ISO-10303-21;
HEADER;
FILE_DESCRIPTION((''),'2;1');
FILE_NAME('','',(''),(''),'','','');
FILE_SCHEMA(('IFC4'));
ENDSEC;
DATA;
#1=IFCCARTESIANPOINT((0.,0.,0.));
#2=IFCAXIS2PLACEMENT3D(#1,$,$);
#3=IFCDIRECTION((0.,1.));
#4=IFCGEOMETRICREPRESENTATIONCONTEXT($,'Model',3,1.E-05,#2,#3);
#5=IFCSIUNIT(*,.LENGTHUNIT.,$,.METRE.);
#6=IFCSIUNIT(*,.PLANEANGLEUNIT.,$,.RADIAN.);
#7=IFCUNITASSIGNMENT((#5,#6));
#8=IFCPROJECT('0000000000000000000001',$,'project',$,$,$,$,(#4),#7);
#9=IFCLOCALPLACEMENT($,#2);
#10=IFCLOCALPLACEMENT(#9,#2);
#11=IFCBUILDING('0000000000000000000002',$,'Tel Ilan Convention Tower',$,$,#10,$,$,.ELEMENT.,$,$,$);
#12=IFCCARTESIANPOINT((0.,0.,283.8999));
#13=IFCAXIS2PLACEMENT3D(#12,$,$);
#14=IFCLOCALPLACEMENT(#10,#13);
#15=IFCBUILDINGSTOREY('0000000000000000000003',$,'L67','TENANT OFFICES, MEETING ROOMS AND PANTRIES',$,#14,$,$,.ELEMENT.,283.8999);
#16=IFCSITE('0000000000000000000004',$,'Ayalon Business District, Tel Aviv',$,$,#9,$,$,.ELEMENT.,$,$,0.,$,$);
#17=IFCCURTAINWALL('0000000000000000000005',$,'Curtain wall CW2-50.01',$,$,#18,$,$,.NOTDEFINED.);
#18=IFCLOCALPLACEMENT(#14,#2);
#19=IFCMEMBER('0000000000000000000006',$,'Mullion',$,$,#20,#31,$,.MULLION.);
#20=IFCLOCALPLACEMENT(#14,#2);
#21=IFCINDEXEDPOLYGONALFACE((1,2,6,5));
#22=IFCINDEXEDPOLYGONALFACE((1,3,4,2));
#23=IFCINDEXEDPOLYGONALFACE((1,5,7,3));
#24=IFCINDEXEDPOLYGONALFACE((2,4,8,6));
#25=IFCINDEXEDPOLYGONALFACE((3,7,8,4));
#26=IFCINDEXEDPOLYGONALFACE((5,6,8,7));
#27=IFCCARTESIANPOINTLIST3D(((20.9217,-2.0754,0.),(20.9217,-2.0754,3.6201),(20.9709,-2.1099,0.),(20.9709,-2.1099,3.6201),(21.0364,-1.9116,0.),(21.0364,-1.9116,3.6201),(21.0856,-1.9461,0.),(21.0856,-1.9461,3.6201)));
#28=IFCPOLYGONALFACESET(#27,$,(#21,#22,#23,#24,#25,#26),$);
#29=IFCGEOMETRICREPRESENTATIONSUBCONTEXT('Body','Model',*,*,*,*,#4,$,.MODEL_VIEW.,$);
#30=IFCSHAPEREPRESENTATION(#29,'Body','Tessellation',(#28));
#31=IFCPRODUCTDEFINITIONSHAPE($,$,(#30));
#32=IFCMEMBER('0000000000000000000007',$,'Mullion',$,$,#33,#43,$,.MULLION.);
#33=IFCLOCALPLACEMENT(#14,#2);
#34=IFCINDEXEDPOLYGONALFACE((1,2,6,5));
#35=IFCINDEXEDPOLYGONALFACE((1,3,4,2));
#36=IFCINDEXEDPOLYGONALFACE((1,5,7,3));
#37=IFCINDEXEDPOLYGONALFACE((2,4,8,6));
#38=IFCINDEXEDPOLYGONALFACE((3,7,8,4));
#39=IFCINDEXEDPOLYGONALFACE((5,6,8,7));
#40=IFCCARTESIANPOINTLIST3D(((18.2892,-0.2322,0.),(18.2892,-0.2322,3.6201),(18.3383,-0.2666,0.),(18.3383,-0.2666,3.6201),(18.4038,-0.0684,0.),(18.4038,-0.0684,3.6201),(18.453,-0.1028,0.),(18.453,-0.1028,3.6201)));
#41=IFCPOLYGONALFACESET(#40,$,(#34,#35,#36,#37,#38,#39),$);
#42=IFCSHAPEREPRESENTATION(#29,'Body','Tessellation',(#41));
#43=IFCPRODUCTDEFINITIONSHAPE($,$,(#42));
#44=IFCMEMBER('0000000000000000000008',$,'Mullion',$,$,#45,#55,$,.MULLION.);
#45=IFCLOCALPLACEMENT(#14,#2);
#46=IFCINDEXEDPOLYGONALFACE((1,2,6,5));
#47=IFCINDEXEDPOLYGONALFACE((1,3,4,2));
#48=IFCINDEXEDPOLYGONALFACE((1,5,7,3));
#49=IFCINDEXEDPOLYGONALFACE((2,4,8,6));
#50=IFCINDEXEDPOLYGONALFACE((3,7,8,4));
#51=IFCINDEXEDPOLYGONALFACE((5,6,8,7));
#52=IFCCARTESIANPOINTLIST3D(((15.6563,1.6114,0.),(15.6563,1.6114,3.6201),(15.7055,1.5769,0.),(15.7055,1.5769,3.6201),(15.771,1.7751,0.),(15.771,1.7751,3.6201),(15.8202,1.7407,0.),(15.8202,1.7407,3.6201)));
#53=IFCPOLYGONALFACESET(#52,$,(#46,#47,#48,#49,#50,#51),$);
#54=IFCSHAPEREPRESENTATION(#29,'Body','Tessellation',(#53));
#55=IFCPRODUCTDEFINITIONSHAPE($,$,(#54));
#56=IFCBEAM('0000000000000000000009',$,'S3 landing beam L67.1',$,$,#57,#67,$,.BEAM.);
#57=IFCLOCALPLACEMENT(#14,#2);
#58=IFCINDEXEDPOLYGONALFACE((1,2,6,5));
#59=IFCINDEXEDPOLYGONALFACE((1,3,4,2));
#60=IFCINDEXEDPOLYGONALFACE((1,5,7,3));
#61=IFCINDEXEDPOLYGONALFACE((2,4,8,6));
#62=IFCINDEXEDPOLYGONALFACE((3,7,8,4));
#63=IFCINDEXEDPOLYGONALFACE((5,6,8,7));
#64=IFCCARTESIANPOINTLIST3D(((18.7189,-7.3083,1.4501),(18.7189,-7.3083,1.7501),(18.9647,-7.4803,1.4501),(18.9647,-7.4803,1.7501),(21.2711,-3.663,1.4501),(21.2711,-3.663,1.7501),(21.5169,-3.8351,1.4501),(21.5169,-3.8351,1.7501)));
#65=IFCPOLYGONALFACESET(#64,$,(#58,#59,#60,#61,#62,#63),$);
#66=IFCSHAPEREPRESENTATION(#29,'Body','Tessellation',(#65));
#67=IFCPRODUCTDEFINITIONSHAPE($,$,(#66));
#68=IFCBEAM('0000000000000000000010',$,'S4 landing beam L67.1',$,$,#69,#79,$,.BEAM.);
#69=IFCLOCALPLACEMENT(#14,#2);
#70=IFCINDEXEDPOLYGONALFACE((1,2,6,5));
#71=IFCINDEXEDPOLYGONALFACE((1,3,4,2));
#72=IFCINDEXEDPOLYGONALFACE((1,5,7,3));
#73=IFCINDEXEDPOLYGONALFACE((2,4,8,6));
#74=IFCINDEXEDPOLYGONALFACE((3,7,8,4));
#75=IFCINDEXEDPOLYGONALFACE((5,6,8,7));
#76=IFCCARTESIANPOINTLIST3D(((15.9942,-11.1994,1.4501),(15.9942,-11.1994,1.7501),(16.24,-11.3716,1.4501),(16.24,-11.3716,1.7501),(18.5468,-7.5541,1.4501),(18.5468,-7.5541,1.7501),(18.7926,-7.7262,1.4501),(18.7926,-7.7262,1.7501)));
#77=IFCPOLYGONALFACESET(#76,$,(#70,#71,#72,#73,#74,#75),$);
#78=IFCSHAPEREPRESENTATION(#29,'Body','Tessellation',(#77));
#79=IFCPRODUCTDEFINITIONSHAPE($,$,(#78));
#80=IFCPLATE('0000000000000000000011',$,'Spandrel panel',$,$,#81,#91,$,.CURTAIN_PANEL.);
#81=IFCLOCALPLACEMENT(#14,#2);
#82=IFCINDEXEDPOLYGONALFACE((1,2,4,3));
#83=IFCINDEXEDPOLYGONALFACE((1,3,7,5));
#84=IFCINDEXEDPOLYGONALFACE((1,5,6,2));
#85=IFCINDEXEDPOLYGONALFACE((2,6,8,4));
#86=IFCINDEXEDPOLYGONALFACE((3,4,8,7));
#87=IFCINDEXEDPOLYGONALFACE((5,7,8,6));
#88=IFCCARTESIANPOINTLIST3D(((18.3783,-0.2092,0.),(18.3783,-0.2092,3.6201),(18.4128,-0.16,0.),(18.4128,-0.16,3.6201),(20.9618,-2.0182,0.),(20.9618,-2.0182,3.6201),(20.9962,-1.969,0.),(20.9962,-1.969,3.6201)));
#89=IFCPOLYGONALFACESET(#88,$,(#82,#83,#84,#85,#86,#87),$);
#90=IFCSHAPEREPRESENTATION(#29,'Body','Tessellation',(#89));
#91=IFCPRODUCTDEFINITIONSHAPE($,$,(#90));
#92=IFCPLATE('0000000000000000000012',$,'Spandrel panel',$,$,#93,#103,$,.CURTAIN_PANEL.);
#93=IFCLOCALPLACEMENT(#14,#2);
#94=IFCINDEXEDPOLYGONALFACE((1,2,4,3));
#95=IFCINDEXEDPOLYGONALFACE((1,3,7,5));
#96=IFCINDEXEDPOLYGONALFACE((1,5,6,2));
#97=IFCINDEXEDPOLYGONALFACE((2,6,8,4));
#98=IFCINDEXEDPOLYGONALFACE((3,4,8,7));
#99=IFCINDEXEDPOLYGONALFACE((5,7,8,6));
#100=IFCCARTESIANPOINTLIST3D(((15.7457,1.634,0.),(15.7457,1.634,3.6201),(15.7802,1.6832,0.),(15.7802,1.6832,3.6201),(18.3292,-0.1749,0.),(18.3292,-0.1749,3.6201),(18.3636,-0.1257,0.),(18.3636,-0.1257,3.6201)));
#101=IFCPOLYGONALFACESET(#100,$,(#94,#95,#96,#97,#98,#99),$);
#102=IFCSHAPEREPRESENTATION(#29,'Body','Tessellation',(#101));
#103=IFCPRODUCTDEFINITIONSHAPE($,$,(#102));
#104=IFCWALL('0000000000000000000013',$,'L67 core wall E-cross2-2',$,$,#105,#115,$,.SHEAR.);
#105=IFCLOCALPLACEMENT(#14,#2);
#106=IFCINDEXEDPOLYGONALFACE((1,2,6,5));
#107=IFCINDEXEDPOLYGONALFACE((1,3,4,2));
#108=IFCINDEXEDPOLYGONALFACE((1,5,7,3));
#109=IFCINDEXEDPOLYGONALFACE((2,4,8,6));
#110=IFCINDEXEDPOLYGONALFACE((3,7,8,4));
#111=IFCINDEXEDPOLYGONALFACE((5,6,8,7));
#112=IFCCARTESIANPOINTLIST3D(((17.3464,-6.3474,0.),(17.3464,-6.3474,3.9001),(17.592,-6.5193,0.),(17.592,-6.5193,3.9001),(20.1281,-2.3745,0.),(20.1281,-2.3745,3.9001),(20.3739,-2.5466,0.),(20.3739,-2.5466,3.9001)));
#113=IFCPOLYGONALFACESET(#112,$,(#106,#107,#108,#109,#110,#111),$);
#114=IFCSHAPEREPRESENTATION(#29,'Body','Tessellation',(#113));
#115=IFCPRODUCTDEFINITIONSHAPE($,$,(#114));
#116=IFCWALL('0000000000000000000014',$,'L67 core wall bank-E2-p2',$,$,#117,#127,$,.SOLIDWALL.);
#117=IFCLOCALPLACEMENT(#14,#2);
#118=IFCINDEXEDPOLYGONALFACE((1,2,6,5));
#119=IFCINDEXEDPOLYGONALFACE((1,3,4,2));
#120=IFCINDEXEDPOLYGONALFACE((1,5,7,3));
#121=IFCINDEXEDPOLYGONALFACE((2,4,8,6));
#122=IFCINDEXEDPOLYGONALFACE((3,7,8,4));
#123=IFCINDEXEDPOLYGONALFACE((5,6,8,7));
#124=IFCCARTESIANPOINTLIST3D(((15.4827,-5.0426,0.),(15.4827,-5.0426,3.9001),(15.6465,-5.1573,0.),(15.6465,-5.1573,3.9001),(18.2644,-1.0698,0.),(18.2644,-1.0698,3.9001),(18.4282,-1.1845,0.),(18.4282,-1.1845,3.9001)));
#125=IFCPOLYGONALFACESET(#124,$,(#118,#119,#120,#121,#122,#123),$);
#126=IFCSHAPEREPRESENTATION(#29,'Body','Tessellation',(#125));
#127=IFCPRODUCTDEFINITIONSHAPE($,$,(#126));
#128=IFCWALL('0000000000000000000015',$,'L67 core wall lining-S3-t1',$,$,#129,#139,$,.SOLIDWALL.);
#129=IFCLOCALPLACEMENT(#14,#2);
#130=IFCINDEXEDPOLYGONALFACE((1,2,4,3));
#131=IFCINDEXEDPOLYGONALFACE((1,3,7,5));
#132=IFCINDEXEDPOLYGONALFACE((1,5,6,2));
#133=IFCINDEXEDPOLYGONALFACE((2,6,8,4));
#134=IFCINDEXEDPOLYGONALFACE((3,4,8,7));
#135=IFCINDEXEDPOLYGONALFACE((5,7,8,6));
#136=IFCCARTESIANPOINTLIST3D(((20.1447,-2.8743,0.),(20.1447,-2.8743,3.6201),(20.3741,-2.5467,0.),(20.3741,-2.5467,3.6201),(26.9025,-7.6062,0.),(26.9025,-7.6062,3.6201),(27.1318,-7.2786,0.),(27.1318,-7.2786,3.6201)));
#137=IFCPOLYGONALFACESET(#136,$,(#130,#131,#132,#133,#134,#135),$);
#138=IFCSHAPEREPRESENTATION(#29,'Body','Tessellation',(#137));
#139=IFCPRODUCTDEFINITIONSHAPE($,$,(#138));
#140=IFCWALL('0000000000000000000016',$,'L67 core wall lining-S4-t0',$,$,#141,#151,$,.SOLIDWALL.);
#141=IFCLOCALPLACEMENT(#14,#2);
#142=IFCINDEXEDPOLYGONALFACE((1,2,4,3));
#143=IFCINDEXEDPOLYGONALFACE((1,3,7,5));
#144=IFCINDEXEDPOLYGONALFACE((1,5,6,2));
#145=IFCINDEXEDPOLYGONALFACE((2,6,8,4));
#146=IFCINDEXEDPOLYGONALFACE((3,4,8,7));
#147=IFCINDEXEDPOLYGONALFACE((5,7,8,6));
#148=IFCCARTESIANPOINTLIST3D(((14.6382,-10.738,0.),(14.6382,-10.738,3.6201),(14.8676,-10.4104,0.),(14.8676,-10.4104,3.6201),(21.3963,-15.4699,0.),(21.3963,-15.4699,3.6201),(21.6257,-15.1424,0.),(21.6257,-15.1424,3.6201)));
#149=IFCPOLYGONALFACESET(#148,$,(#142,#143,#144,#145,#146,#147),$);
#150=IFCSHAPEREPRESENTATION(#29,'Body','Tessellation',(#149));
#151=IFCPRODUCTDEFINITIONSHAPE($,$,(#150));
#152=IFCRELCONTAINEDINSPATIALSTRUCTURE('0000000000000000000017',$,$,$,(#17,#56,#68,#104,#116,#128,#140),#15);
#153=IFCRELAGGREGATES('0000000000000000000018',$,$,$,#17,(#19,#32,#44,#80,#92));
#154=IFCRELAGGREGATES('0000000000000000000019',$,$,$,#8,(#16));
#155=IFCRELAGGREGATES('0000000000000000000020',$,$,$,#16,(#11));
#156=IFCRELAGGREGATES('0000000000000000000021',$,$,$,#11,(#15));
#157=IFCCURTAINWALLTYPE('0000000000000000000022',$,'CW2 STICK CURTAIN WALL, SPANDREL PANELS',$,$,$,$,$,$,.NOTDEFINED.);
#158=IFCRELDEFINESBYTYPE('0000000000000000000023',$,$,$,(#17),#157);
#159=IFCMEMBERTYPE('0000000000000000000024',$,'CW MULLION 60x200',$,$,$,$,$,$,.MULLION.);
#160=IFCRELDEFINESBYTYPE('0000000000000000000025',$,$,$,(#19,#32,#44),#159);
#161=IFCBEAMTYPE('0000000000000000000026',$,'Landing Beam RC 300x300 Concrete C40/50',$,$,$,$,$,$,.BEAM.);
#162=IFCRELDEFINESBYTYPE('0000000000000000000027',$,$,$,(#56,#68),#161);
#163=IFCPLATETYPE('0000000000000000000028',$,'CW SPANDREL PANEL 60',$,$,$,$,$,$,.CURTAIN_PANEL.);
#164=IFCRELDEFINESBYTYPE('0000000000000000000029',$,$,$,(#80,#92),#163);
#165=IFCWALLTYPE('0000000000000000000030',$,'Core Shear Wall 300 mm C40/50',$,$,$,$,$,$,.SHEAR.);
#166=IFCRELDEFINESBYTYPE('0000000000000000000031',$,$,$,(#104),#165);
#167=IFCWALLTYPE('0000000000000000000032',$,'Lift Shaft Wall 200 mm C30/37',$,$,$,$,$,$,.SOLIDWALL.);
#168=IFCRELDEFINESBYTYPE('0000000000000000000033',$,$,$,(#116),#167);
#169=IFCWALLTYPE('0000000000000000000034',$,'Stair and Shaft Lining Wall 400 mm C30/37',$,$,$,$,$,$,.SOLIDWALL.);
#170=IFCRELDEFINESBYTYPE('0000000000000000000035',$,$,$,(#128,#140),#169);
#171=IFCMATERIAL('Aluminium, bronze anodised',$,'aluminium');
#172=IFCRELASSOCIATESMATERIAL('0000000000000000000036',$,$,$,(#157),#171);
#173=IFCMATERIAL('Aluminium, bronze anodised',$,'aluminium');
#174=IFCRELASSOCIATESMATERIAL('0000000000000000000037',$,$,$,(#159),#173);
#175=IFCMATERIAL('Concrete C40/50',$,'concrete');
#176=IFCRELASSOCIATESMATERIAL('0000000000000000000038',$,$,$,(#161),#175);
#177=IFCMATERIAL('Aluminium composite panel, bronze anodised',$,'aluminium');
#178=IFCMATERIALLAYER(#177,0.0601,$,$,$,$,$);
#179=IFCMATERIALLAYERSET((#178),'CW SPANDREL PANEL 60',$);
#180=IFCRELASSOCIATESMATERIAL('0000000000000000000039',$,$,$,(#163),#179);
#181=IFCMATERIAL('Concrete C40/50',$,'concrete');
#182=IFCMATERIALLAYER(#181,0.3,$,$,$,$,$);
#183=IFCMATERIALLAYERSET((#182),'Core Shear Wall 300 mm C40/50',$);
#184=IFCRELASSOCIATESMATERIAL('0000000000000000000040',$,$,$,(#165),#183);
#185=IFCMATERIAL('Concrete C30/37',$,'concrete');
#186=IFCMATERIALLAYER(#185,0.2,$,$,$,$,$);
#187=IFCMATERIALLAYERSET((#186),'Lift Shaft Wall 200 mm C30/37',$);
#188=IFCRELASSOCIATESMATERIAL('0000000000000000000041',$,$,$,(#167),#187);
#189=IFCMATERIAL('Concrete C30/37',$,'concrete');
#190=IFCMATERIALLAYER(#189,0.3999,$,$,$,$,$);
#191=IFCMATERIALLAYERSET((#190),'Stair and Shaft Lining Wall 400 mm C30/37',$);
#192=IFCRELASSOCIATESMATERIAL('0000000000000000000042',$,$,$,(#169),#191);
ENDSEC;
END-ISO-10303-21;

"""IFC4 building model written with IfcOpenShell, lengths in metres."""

from ifc_helpers import new_model, si_unit, direction, frame, frame_2d, origin, origin_2d, place, context, subcontext, project, spatial, polyline, rectangle, outline, extrude, material, layer, layer_set, material_profile, profile_set, type_object, element, aggregate, save


model = new_model("IFC4")

# Units and contexts
model_context = context("Model", 3, precision=1e-05, world=origin(), true_north=direction((0.0, 1.0)))
body_context = subcontext(model_context, "Body", "Model", "MODEL_VIEW")
ifc_project = project(units=[si_unit("LENGTHUNIT", "METRE"), si_unit("PLANEANGLEUNIT", "RADIAN")], contexts=[model_context])

# Site, building, storey
site_placement = place(None, origin())
site = spatial("IfcSite", under=ifc_project, at=site_placement, Name="Ayalon Business District, Tel Aviv", CompositionType="ELEMENT", RefElevation=0.0)
building_placement = place(site_placement, origin())
building = spatial("IfcBuilding", under=site, at=building_placement, Name="Tel Ilan Convention Tower", CompositionType="ELEMENT")
storey_placement = place(building_placement, frame((0.0, 0.0, 283.8999)))
storey = spatial("IfcBuildingStorey", under=building, at=storey_placement, Name="L67", Description="TENANT OFFICES, MEETING ROOMS AND PANTRIES", CompositionType="ELEMENT", Elevation=283.8999)

# Curtain wall, members
ifc_material_1 = material(Name="Aluminium, bronze anodised", Category="aluminium")
curtain_wall_type = type_object("IfcCurtainWallType", Name="CW2 STICK CURTAIN WALL, SPANDREL PANELS", PredefinedType="NOTDEFINED", material=ifc_material_1)
curtain_wall_placement = place(storey_placement, origin())
curtain_wall = element("IfcCurtainWall", 1, at=curtain_wall_placement, inside=storey, type_object=curtain_wall_type, Name="Curtain wall CW2-50.01", PredefinedType="NOTDEFINED")
ifc_material_2 = material(Name="Aluminium, bronze anodised", Category="aluminium")
ifc_material_profile_1 = material_profile(ifc_material_2, rectangle(XDim=0.0601, YDim=0.2, at=origin_2d()), Name="CW MULLION 60x200")
ifc_profile_set_1 = profile_set([ifc_material_profile_1], Name="Aluminium, bronze anodised")
member_type = type_object("IfcMemberType", Name="CW MULLION 60x200", PredefinedType="MULLION", material=ifc_profile_set_1)
member_1_placement = place(storey_placement, frame((21.0037, -2.0107, 0.0), z_axis=(0.0, 0.0, 1.0), x_axis=(-0.819152, 0.573576, 0.0)))
member_1 = element("IfcMember", 2, at=member_1_placement, type_object=member_type, Name="Mullion", PredefinedType="MULLION", context=body_context, shape_type="SweptSolid", body=[
    extrude(rectangle(XDim=0.0601, YDim=0.2, at=origin_2d()), origin(), (0.0, 0.0, 1.0), 3.6201),
])
member_2_placement = place(storey_placement, frame((18.3711, -0.1675, 0.0), z_axis=(0.0, 0.0, 1.0), x_axis=(-0.819152, 0.573576, 0.0)))
member_2 = element("IfcMember", 3, at=member_2_placement, type_object=member_type, Name="Mullion", PredefinedType="MULLION", context=body_context, shape_type="SweptSolid", body=[
    extrude(rectangle(XDim=0.0601, YDim=0.2, at=origin_2d()), origin(), (0.0, 0.0, 1.0), 3.6201),
])
member_3_placement = place(storey_placement, frame((15.7383, 1.676, 0.0), z_axis=(0.0, 0.0, 1.0), x_axis=(-0.819152, 0.573576, 0.0)))
member_3 = element("IfcMember", 4, at=member_3_placement, type_object=member_type, Name="Mullion", PredefinedType="MULLION", context=body_context, shape_type="SweptSolid", body=[
    extrude(rectangle(XDim=0.0601, YDim=0.2, at=origin_2d()), origin(), (0.0, 0.0, 1.0), 3.6201),
])

# Beams
ifc_material_3 = material(Name="Concrete C40/50", Category="concrete")
ifc_material_profile_2 = material_profile(ifc_material_3, rectangle(XDim=0.3, YDim=0.3, at=origin_2d()), Name="RC 300x300")
ifc_profile_set_2 = profile_set([ifc_material_profile_2], Name="Concrete C40/50")
beam_type = type_object("IfcBeamType", Name="Landing Beam RC 300x300 Concrete C40/50", PredefinedType="BEAM", material=ifc_profile_set_2)
beam_1_placement = place(storey_placement, frame((21.394, -3.749, 1.6001), z_axis=(-0.573547, -0.819173, 0.0), x_axis=(0.819173, -0.573547, 0.0)))
element("IfcBeam", 5, at=beam_1_placement, inside=storey, type_object=beam_type, Name="S3 landing beam L67.1", PredefinedType="BEAM", context=body_context, shape_type="SweptSolid", body=[
    extrude(rectangle(XDim=0.3, YDim=0.3, at=origin_2d()), origin(), (0.0, 0.0, 1.0), 4.45),
])
beam_2_placement = place(storey_placement, frame((18.6697, -7.6401, 1.6001), z_axis=(-0.573584, -0.819147, 0.0), x_axis=(0.819147, -0.573584, 0.0)))
element("IfcBeam", 6, at=beam_2_placement, inside=storey, type_object=beam_type, Name="S4 landing beam L67.1", PredefinedType="BEAM", context=body_context, shape_type="SweptSolid", body=[
    extrude(rectangle(XDim=0.3, YDim=0.3, at=origin_2d()), origin(), (0.0, 0.0, 1.0), 4.4502),
])

# Plates
ifc_material_4 = material(Name="Aluminium composite panel, bronze anodised", Category="aluminium")
ifc_layer_1 = layer(ifc_material_4, 0.0601)
ifc_layer_set_1 = layer_set([ifc_layer_1], Name="CW SPANDREL PANEL 60")
plate_type = type_object("IfcPlateType", Name="CW SPANDREL PANEL 60", PredefinedType="CURTAIN_PANEL", material=ifc_layer_set_1)
plate_1_placement = place(storey_placement, frame((19.6873, -1.0891, 0.0), z_axis=(0.0, 0.0, 1.0), x_axis=(-0.819152, 0.573576, 0.0)))
plate_1 = element("IfcPlate", 7, at=plate_1_placement, type_object=plate_type, Name="Spandrel panel", PredefinedType="CURTAIN_PANEL", context=body_context, shape_type="SweptSolid", body=[
    extrude(rectangle(XDim=3.1538, YDim=0.0601, at=origin_2d()), origin(), (0.0, 0.0, 1.0), 3.6201),
])
plate_2_placement = place(storey_placement, frame((17.0547, 0.7542, 0.0), z_axis=(0.0, 0.0, 1.0), x_axis=(-0.819152, 0.573576, 0.0)))
plate_2 = element("IfcPlate", 8, at=plate_2_placement, type_object=plate_type, Name="Spandrel panel", PredefinedType="CURTAIN_PANEL", context=body_context, shape_type="SweptSolid", body=[
    extrude(rectangle(XDim=3.1538, YDim=0.0601, at=origin_2d()), origin(), (0.0, 0.0, 1.0), 3.6201),
])
aggregate(curtain_wall, [member_1, member_2, member_3, plate_1, plate_2])

# Walls
ifc_material_5 = material(Name="Concrete C40/50", Category="concrete")
ifc_layer_2 = layer(ifc_material_5, 0.3)
ifc_layer_set_2 = layer_set([ifc_layer_2], Name="Core Shear Wall 300 mm C40/50")
wall_type_1 = type_object("IfcWallType", Name="Core Shear Wall 300 mm C40/50", PredefinedType="SHEAR", material=ifc_layer_set_2)
wall_1_placement = place(storey_placement, frame((17.4692, -6.4333, 0.0), z_axis=(0.0, 0.0, 1.0), x_axis=(0.573594, 0.81914, 0.0)))
element("IfcWall", 9, at=wall_1_placement, inside=storey, type_object=wall_type_1, Name="L67 core wall E-cross2-2", PredefinedType="SHEAR", context=body_context, shape_type="SweptSolid", body=[
    extrude(outline(polyline([(4.8499, -0.1499), (4.8499, 0.1501), (0.0, 0.1499), (0.0, -0.1499), (4.8499, -0.1499)])), origin(), (0.0, 0.0, 1.0), 3.9001),
])
ifc_material_6 = material(Name="Concrete C30/37", Category="concrete")
ifc_layer_3 = layer(ifc_material_6, 0.2)
ifc_layer_set_3 = layer_set([ifc_layer_3], Name="Lift Shaft Wall 200 mm C30/37")
wall_type_2 = type_object("IfcWallType", Name="Lift Shaft Wall 200 mm C30/37", PredefinedType="SOLIDWALL", material=ifc_layer_set_3)
wall_2_placement = place(storey_placement, frame((15.5647, -5.0999, 0.0), z_axis=(0.0, 0.0, 1.0), x_axis=(0.57356, 0.819163, 0.0)))
element("IfcWall", 10, at=wall_2_placement, inside=storey, type_object=wall_type_2, Name="L67 core wall bank-E2-p2", PredefinedType="SOLIDWALL", context=body_context, shape_type="SweptSolid", body=[
    extrude(rectangle(XDim=4.8499, YDim=0.2, at=frame_2d((2.4248, 0.0))), origin(), (0.0, 0.0, 1.0), 3.9001),
])
ifc_material_7 = material(Name="Concrete C30/37", Category="concrete")
ifc_layer_4 = layer(ifc_material_7, 0.3999)
ifc_layer_set_4 = layer_set([ifc_layer_4], Name="Stair and Shaft Lining Wall 400 mm C30/37")
wall_type_3 = type_object("IfcWallType", Name="Stair and Shaft Lining Wall 400 mm C30/37", PredefinedType="SOLIDWALL", material=ifc_layer_set_4)
wall_3_placement = place(storey_placement, frame((20.2593, -2.7104, 0.0), z_axis=(0.0, 0.0, 1.0), x_axis=(0.819148, -0.573582, 0.0)))
element("IfcWall", 11, at=wall_3_placement, inside=storey, type_object=wall_type_3, Name="L67 core wall lining-S3-t1", PredefinedType="SOLIDWALL", context=body_context, shape_type="SweptSolid", body=[
    extrude(rectangle(XDim=8.2498, YDim=0.3999, at=frame_2d((4.125, 0.0))), origin(), (0.0, 0.0, 1.0), 3.6201),
])
wall_4_placement = place(storey_placement, frame((14.7529, -10.5742, 0.0), z_axis=(0.0, 0.0, 1.0), x_axis=(0.819158, -0.573568, 0.0)))
element("IfcWall", 12, at=wall_4_placement, inside=storey, type_object=wall_type_3, Name="L67 core wall lining-S4-t0", PredefinedType="SOLIDWALL", context=body_context, shape_type="SweptSolid", body=[
    extrude(rectangle(XDim=8.25, YDim=0.3999, at=frame_2d((4.125, 0.0))), origin(), (0.0, 0.0, 1.0), 3.6201),
])

save(model, "model.ifc")
